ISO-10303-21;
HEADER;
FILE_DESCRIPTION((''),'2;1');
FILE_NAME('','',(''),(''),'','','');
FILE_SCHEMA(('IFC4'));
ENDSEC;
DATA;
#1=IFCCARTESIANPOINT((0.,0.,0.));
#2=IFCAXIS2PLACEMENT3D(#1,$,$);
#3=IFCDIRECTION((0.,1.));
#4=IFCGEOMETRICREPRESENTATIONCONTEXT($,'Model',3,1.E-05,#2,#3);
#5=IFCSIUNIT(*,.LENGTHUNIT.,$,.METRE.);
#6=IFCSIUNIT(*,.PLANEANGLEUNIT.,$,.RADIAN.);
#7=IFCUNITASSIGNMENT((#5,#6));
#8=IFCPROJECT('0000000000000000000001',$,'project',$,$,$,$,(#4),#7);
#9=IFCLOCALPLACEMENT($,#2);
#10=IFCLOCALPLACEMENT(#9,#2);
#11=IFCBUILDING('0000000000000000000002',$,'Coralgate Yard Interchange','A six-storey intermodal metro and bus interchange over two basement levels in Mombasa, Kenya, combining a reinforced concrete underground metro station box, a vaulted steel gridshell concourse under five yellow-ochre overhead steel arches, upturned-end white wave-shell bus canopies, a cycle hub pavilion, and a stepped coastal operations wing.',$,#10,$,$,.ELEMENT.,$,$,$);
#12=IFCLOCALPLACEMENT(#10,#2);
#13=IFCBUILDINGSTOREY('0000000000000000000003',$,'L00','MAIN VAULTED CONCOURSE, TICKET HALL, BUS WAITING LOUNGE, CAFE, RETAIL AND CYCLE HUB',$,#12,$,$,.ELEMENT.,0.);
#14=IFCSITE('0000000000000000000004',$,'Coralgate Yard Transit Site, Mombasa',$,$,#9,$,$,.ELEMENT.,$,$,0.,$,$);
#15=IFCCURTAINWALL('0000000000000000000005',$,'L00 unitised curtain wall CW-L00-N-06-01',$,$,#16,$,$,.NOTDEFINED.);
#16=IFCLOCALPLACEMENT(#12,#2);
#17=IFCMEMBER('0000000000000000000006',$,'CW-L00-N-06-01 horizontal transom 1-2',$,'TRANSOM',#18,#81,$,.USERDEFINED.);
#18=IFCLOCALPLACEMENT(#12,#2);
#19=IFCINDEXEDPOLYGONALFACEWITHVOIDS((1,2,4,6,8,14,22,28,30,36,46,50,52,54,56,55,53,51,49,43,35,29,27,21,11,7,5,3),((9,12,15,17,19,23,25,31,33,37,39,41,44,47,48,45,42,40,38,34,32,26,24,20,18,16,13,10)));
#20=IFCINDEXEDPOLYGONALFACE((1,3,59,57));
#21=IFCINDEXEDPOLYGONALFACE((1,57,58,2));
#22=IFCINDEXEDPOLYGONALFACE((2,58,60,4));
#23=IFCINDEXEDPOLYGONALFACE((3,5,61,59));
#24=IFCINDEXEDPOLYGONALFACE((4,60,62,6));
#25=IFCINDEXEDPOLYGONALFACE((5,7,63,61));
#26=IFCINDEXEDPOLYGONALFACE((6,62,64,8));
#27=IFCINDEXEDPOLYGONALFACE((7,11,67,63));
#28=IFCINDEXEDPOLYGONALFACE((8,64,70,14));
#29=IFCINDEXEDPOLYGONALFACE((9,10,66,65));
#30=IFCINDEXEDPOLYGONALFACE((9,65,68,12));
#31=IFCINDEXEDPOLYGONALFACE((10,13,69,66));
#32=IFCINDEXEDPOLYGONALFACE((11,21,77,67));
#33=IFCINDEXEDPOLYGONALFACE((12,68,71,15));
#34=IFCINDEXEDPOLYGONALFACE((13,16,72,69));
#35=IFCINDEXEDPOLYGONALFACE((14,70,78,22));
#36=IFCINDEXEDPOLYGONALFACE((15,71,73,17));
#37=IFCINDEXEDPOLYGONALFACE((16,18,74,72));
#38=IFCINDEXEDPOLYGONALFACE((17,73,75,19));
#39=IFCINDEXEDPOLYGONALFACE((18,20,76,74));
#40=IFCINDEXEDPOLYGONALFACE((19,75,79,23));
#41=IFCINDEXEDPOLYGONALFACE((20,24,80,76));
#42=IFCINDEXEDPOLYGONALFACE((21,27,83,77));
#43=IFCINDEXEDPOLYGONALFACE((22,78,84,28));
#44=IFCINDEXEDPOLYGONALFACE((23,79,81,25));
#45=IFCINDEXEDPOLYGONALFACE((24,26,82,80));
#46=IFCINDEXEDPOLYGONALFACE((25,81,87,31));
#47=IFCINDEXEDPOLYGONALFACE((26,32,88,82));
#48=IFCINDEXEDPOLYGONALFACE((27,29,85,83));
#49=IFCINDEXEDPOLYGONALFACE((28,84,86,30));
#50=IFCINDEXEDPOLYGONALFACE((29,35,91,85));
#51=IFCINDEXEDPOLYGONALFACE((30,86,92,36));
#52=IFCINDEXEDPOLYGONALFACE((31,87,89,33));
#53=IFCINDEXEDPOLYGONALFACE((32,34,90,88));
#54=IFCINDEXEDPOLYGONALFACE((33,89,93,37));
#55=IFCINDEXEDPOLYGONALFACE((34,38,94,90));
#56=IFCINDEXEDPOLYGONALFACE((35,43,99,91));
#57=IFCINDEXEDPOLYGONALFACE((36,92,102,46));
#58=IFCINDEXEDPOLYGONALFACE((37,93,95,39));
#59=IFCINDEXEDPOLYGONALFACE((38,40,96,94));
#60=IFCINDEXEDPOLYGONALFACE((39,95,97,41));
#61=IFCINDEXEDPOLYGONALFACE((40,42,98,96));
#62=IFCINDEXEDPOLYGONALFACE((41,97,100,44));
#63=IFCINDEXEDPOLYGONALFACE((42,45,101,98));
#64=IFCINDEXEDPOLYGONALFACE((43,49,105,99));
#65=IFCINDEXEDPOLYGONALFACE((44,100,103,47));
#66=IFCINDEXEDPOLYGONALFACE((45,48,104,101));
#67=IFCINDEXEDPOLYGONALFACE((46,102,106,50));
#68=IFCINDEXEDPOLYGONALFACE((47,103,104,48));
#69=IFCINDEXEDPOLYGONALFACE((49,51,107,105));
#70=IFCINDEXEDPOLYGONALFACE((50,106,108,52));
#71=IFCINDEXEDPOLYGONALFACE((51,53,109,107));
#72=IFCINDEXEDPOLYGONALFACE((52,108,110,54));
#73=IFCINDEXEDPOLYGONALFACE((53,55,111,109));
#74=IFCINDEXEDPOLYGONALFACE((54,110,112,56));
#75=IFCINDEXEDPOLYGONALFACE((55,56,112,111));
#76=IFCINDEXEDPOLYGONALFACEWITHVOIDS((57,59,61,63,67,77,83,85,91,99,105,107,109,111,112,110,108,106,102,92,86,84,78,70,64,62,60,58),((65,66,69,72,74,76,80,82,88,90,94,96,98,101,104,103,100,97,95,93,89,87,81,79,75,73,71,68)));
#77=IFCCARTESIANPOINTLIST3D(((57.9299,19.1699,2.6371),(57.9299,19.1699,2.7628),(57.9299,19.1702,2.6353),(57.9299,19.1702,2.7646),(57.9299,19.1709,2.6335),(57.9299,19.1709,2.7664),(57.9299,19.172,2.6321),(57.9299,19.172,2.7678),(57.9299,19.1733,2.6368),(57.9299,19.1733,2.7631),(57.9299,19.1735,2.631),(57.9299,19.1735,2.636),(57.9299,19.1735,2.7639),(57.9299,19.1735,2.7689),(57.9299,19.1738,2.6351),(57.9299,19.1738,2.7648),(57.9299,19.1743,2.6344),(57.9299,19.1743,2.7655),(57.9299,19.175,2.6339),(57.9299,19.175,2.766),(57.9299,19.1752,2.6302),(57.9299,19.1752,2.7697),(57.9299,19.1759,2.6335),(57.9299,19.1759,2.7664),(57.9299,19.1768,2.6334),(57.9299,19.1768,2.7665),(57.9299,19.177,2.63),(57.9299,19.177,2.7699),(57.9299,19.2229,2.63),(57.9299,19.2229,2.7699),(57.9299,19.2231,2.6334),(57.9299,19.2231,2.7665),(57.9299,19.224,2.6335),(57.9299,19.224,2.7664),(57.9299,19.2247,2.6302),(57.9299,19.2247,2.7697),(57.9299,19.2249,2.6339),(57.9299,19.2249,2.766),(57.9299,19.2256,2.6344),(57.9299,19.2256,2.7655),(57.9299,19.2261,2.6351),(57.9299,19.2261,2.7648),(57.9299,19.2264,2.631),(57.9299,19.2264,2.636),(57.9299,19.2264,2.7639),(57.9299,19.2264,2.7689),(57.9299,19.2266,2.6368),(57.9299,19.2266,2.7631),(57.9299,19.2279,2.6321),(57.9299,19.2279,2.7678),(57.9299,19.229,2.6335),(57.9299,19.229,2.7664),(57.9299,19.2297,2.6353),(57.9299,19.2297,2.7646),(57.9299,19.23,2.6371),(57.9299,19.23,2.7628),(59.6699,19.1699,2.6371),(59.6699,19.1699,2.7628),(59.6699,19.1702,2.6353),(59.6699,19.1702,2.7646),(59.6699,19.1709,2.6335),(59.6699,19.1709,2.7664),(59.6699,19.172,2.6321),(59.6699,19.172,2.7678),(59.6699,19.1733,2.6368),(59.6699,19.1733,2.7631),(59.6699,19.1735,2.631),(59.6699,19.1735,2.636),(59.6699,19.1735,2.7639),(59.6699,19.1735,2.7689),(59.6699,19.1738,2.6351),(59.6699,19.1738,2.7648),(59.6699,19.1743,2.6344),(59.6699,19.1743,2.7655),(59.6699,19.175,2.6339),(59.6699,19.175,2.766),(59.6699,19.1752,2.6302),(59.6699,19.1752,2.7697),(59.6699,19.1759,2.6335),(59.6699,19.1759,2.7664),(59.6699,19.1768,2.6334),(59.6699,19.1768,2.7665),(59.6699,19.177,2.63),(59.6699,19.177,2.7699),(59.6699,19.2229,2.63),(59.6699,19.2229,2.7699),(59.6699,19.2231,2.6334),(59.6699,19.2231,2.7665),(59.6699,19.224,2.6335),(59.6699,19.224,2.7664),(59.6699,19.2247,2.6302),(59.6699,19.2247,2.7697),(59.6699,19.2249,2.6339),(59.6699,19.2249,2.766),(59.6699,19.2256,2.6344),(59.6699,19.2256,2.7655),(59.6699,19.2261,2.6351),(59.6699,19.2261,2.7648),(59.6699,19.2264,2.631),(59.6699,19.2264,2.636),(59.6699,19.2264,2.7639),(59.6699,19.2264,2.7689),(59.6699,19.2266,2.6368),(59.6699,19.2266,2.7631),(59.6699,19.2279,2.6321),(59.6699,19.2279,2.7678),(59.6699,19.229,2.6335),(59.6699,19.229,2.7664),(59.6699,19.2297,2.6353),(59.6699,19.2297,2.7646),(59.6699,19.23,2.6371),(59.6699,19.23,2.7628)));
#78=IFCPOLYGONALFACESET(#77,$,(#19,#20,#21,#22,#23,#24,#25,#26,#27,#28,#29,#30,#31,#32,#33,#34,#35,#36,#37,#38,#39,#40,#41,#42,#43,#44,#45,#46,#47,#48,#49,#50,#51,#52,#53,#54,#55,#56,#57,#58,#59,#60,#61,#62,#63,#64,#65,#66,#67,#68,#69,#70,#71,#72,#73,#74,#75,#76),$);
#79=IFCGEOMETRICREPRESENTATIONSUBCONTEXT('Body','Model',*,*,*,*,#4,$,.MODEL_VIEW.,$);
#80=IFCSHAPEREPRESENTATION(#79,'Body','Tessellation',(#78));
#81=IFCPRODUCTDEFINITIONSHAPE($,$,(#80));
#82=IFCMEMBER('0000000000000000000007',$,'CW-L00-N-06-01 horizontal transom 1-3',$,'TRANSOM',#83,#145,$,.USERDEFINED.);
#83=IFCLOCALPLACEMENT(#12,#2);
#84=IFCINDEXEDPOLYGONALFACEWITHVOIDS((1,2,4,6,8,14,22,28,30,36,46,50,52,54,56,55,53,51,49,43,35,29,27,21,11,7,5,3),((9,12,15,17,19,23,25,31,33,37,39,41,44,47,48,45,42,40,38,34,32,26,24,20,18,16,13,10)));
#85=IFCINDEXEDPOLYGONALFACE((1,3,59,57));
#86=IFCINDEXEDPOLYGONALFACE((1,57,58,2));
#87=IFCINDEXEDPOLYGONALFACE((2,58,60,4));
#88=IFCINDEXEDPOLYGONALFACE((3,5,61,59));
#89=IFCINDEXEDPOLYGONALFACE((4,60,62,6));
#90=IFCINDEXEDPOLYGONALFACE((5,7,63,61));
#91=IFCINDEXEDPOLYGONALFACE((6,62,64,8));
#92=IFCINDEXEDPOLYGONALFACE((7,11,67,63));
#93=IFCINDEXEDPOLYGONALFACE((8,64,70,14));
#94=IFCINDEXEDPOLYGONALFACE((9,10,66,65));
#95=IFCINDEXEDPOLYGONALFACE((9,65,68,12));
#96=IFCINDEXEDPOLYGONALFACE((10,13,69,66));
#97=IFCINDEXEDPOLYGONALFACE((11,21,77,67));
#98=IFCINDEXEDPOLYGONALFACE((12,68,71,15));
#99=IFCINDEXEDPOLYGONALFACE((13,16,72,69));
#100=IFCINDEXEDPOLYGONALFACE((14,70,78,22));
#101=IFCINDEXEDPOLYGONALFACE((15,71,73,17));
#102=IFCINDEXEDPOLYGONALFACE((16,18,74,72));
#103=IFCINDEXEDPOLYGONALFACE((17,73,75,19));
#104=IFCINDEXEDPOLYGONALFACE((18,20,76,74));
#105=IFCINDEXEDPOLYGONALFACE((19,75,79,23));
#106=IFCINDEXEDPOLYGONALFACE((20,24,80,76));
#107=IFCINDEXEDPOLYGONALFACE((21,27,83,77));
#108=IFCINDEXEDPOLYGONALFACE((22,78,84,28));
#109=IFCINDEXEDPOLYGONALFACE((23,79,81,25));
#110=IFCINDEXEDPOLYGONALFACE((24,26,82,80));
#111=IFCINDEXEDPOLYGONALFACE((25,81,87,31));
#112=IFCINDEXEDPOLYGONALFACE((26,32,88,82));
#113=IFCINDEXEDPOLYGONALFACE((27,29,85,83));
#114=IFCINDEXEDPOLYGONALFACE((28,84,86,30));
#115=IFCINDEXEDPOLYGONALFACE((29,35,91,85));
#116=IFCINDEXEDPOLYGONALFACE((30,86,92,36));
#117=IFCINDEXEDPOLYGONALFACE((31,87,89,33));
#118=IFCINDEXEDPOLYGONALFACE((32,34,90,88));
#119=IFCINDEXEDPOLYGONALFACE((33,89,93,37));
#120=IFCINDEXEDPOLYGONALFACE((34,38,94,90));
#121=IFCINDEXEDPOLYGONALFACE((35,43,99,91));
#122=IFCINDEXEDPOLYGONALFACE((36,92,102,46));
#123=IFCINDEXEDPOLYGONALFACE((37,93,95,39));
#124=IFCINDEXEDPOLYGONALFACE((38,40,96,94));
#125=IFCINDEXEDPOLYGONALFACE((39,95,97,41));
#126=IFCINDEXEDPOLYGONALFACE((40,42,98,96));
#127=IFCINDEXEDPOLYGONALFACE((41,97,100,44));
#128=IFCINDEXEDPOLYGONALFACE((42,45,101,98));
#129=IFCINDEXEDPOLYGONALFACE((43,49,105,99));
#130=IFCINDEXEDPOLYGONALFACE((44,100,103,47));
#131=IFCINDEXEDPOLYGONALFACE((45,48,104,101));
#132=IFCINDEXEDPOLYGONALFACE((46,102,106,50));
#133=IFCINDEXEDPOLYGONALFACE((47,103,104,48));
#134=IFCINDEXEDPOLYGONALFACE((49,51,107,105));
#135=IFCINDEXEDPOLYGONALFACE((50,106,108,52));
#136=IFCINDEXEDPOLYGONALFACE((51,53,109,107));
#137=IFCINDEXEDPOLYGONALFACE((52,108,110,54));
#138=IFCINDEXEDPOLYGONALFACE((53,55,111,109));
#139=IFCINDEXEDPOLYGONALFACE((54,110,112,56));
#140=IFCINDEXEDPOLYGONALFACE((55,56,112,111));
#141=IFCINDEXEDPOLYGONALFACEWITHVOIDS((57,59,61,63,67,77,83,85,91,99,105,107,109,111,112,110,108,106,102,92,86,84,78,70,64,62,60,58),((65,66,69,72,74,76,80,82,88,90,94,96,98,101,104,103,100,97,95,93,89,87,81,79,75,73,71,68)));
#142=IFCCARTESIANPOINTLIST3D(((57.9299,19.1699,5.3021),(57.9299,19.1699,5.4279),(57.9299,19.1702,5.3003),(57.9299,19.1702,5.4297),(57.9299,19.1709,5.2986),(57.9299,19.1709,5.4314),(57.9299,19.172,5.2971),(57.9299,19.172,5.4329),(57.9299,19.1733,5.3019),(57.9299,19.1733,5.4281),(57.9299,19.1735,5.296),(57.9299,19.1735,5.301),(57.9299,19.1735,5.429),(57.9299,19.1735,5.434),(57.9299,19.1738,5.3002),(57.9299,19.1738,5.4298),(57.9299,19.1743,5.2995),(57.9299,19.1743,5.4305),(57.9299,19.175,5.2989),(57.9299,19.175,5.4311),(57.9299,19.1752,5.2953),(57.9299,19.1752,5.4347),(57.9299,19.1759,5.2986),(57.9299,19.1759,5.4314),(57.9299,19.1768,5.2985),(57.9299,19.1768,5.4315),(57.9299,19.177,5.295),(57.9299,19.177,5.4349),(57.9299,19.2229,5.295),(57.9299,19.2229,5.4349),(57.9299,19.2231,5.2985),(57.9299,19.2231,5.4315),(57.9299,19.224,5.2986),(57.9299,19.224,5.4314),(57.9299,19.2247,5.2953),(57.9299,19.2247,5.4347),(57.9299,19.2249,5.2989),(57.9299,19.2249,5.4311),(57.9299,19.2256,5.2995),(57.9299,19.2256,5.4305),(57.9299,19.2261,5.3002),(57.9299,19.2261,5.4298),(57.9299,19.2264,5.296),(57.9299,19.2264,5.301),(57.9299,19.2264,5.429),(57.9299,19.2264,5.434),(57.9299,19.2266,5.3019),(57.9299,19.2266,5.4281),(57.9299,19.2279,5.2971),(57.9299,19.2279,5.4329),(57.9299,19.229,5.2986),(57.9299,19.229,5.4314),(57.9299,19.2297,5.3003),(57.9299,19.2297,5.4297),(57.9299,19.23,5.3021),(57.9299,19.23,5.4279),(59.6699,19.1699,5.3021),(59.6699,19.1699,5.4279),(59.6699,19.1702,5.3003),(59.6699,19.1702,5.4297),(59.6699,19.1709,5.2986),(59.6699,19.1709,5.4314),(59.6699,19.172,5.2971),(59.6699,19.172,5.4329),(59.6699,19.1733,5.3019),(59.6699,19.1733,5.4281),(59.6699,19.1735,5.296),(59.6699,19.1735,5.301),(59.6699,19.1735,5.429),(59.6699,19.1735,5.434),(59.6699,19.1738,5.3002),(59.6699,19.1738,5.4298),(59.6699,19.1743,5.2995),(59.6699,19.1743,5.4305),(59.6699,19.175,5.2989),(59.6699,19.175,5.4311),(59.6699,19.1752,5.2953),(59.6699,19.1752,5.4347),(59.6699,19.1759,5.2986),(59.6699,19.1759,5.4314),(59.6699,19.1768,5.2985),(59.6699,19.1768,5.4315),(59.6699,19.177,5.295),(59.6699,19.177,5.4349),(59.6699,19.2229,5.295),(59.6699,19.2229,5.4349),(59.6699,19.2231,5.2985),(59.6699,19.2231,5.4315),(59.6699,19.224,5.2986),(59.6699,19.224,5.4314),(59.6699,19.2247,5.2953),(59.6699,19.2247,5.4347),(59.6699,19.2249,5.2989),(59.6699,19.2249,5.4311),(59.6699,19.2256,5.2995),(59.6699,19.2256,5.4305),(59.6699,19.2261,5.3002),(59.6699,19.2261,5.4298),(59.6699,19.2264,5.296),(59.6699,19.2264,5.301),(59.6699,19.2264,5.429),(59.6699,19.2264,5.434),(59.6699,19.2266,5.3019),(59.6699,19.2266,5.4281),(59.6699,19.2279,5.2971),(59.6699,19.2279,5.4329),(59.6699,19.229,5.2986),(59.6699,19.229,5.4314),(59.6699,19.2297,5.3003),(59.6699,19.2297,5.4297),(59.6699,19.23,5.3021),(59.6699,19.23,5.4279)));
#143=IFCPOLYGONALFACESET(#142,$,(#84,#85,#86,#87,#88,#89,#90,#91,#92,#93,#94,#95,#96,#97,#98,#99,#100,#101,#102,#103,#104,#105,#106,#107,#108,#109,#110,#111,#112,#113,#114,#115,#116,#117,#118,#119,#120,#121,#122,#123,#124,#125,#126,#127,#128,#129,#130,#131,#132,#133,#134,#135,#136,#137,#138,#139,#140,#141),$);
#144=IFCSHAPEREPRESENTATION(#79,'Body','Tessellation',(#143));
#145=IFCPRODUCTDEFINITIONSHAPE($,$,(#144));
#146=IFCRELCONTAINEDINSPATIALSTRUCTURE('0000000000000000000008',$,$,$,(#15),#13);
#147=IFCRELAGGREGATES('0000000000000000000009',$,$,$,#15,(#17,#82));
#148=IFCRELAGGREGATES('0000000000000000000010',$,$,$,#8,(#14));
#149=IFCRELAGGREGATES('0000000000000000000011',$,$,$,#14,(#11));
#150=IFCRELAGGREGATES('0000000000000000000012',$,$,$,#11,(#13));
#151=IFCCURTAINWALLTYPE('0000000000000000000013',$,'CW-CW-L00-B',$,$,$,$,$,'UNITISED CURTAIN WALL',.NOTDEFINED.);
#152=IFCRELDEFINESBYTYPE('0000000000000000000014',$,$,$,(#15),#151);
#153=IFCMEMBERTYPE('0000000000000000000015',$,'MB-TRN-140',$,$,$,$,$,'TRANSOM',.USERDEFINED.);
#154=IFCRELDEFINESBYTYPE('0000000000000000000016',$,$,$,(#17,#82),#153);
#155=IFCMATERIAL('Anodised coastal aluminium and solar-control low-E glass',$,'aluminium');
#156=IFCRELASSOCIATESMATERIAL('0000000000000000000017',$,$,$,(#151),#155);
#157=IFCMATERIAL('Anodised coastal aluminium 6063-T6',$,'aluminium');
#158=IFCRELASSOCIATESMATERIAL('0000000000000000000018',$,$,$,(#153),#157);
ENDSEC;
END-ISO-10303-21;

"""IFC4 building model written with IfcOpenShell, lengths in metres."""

from ifc_helpers import new_model, si_unit, direction, frame, origin, origin_2d, place, context, subcontext, project, spatial, hollow_rectangle, extrude, material, material_profile, profile_set, type_object, element, aggregate, save


model = new_model("IFC4")

# Units and contexts
model_context = context("Model", 3, precision=1e-05, world=origin(), true_north=direction((0.0, 1.0)))
body_context = subcontext(model_context, "Body", "Model", "MODEL_VIEW")
ifc_project = project(units=[si_unit("LENGTHUNIT", "METRE"), si_unit("PLANEANGLEUNIT", "RADIAN")], contexts=[model_context])

# Site, building, storey
site_placement = place(None, origin())
site = spatial("IfcSite", under=ifc_project, at=site_placement, Name="Coralgate Yard Transit Site, Mombasa", CompositionType="ELEMENT", RefElevation=0.0)
building_placement = place(site_placement, origin())
building = spatial("IfcBuilding", under=site, at=building_placement, Name="Coralgate Yard Interchange", Description="A six-storey intermodal metro and bus interchange over two basement levels in Mombasa, Kenya, combining a reinforced concrete underground metro station box, a vaulted steel gridshell concourse under five yellow-ochre overhead steel arches, upturned-end white wave-shell bus canopies, a cycle hub pavilion, and a stepped coastal operations wing.", CompositionType="ELEMENT")
storey_placement = place(building_placement, origin())
storey = spatial("IfcBuildingStorey", under=building, at=storey_placement, Name="L00", Description="MAIN VAULTED CONCOURSE, TICKET HALL, BUS WAITING LOUNGE, CAFE, RETAIL AND CYCLE HUB", CompositionType="ELEMENT", Elevation=0.0)

# Curtain wall, members
ifc_material_1 = material(Name="Anodised coastal aluminium and solar-control low-E glass", Category="aluminium")
curtain_wall_type = type_object("IfcCurtainWallType", Name="CW-CW-L00-B", ElementType="UNITISED CURTAIN WALL", PredefinedType="NOTDEFINED", material=ifc_material_1)
curtain_wall_placement = place(storey_placement, origin())
curtain_wall = element("IfcCurtainWall", 1, at=curtain_wall_placement, inside=storey, type_object=curtain_wall_type, Name="L00 unitised curtain wall CW-L00-N-06-01", PredefinedType="NOTDEFINED")
ifc_material_2 = material(Name="Anodised coastal aluminium 6063-T6", Category="aluminium")
ifc_material_profile_1 = material_profile(ifc_material_2, hollow_rectangle(XDim=0.0601, YDim=0.1399, WallThickness=0.0034, InnerFilletRadius=0.0034, OuterFilletRadius=0.0071, at=origin_2d()), Name="ALU 60x140x3.5")
ifc_profile_set_1 = profile_set([ifc_material_profile_1], Name="Anodised coastal aluminium 6063-T6")
member_type_1 = type_object("IfcMemberType", Name="MB-TRN-140", ElementType="TRANSOM", PredefinedType="USERDEFINED", material=ifc_profile_set_1)
member_1_placement = place(storey_placement, frame((57.9299, 19.2, 2.7), z_axis=(1.0, 0.0, 0.0), x_axis=(0.0, 1.0, 0.0)))
member_1 = element("IfcMember", 2, at=member_1_placement, type_object=member_type_1, Name="CW-L00-N-06-01 horizontal transom 1-2", ObjectType="TRANSOM", PredefinedType="USERDEFINED", context=body_context, shape_type="SweptSolid", body=[
    extrude(hollow_rectangle(XDim=0.0601, YDim=0.1399, WallThickness=0.0034, InnerFilletRadius=0.0034, OuterFilletRadius=0.0071, at=origin_2d()), origin(), (0.0, 0.0, 1.0), 1.74),
])
member_2_placement = place(storey_placement, frame((57.9299, 19.2, 5.365), z_axis=(1.0, 0.0, 0.0), x_axis=(0.0, 1.0, 0.0)))
member_2 = element("IfcMember", 3, at=member_2_placement, type_object=member_type_1, Name="CW-L00-N-06-01 horizontal transom 1-3", ObjectType="TRANSOM", PredefinedType="USERDEFINED", context=body_context, shape_type="SweptSolid", body=[
    extrude(hollow_rectangle(XDim=0.0601, YDim=0.1399, WallThickness=0.0034, InnerFilletRadius=0.0034, OuterFilletRadius=0.0071, at=origin_2d()), origin(), (0.0, 0.0, 1.0), 1.74),
])
aggregate(curtain_wall, [member_1, member_2])

save(model, "model.ifc")
